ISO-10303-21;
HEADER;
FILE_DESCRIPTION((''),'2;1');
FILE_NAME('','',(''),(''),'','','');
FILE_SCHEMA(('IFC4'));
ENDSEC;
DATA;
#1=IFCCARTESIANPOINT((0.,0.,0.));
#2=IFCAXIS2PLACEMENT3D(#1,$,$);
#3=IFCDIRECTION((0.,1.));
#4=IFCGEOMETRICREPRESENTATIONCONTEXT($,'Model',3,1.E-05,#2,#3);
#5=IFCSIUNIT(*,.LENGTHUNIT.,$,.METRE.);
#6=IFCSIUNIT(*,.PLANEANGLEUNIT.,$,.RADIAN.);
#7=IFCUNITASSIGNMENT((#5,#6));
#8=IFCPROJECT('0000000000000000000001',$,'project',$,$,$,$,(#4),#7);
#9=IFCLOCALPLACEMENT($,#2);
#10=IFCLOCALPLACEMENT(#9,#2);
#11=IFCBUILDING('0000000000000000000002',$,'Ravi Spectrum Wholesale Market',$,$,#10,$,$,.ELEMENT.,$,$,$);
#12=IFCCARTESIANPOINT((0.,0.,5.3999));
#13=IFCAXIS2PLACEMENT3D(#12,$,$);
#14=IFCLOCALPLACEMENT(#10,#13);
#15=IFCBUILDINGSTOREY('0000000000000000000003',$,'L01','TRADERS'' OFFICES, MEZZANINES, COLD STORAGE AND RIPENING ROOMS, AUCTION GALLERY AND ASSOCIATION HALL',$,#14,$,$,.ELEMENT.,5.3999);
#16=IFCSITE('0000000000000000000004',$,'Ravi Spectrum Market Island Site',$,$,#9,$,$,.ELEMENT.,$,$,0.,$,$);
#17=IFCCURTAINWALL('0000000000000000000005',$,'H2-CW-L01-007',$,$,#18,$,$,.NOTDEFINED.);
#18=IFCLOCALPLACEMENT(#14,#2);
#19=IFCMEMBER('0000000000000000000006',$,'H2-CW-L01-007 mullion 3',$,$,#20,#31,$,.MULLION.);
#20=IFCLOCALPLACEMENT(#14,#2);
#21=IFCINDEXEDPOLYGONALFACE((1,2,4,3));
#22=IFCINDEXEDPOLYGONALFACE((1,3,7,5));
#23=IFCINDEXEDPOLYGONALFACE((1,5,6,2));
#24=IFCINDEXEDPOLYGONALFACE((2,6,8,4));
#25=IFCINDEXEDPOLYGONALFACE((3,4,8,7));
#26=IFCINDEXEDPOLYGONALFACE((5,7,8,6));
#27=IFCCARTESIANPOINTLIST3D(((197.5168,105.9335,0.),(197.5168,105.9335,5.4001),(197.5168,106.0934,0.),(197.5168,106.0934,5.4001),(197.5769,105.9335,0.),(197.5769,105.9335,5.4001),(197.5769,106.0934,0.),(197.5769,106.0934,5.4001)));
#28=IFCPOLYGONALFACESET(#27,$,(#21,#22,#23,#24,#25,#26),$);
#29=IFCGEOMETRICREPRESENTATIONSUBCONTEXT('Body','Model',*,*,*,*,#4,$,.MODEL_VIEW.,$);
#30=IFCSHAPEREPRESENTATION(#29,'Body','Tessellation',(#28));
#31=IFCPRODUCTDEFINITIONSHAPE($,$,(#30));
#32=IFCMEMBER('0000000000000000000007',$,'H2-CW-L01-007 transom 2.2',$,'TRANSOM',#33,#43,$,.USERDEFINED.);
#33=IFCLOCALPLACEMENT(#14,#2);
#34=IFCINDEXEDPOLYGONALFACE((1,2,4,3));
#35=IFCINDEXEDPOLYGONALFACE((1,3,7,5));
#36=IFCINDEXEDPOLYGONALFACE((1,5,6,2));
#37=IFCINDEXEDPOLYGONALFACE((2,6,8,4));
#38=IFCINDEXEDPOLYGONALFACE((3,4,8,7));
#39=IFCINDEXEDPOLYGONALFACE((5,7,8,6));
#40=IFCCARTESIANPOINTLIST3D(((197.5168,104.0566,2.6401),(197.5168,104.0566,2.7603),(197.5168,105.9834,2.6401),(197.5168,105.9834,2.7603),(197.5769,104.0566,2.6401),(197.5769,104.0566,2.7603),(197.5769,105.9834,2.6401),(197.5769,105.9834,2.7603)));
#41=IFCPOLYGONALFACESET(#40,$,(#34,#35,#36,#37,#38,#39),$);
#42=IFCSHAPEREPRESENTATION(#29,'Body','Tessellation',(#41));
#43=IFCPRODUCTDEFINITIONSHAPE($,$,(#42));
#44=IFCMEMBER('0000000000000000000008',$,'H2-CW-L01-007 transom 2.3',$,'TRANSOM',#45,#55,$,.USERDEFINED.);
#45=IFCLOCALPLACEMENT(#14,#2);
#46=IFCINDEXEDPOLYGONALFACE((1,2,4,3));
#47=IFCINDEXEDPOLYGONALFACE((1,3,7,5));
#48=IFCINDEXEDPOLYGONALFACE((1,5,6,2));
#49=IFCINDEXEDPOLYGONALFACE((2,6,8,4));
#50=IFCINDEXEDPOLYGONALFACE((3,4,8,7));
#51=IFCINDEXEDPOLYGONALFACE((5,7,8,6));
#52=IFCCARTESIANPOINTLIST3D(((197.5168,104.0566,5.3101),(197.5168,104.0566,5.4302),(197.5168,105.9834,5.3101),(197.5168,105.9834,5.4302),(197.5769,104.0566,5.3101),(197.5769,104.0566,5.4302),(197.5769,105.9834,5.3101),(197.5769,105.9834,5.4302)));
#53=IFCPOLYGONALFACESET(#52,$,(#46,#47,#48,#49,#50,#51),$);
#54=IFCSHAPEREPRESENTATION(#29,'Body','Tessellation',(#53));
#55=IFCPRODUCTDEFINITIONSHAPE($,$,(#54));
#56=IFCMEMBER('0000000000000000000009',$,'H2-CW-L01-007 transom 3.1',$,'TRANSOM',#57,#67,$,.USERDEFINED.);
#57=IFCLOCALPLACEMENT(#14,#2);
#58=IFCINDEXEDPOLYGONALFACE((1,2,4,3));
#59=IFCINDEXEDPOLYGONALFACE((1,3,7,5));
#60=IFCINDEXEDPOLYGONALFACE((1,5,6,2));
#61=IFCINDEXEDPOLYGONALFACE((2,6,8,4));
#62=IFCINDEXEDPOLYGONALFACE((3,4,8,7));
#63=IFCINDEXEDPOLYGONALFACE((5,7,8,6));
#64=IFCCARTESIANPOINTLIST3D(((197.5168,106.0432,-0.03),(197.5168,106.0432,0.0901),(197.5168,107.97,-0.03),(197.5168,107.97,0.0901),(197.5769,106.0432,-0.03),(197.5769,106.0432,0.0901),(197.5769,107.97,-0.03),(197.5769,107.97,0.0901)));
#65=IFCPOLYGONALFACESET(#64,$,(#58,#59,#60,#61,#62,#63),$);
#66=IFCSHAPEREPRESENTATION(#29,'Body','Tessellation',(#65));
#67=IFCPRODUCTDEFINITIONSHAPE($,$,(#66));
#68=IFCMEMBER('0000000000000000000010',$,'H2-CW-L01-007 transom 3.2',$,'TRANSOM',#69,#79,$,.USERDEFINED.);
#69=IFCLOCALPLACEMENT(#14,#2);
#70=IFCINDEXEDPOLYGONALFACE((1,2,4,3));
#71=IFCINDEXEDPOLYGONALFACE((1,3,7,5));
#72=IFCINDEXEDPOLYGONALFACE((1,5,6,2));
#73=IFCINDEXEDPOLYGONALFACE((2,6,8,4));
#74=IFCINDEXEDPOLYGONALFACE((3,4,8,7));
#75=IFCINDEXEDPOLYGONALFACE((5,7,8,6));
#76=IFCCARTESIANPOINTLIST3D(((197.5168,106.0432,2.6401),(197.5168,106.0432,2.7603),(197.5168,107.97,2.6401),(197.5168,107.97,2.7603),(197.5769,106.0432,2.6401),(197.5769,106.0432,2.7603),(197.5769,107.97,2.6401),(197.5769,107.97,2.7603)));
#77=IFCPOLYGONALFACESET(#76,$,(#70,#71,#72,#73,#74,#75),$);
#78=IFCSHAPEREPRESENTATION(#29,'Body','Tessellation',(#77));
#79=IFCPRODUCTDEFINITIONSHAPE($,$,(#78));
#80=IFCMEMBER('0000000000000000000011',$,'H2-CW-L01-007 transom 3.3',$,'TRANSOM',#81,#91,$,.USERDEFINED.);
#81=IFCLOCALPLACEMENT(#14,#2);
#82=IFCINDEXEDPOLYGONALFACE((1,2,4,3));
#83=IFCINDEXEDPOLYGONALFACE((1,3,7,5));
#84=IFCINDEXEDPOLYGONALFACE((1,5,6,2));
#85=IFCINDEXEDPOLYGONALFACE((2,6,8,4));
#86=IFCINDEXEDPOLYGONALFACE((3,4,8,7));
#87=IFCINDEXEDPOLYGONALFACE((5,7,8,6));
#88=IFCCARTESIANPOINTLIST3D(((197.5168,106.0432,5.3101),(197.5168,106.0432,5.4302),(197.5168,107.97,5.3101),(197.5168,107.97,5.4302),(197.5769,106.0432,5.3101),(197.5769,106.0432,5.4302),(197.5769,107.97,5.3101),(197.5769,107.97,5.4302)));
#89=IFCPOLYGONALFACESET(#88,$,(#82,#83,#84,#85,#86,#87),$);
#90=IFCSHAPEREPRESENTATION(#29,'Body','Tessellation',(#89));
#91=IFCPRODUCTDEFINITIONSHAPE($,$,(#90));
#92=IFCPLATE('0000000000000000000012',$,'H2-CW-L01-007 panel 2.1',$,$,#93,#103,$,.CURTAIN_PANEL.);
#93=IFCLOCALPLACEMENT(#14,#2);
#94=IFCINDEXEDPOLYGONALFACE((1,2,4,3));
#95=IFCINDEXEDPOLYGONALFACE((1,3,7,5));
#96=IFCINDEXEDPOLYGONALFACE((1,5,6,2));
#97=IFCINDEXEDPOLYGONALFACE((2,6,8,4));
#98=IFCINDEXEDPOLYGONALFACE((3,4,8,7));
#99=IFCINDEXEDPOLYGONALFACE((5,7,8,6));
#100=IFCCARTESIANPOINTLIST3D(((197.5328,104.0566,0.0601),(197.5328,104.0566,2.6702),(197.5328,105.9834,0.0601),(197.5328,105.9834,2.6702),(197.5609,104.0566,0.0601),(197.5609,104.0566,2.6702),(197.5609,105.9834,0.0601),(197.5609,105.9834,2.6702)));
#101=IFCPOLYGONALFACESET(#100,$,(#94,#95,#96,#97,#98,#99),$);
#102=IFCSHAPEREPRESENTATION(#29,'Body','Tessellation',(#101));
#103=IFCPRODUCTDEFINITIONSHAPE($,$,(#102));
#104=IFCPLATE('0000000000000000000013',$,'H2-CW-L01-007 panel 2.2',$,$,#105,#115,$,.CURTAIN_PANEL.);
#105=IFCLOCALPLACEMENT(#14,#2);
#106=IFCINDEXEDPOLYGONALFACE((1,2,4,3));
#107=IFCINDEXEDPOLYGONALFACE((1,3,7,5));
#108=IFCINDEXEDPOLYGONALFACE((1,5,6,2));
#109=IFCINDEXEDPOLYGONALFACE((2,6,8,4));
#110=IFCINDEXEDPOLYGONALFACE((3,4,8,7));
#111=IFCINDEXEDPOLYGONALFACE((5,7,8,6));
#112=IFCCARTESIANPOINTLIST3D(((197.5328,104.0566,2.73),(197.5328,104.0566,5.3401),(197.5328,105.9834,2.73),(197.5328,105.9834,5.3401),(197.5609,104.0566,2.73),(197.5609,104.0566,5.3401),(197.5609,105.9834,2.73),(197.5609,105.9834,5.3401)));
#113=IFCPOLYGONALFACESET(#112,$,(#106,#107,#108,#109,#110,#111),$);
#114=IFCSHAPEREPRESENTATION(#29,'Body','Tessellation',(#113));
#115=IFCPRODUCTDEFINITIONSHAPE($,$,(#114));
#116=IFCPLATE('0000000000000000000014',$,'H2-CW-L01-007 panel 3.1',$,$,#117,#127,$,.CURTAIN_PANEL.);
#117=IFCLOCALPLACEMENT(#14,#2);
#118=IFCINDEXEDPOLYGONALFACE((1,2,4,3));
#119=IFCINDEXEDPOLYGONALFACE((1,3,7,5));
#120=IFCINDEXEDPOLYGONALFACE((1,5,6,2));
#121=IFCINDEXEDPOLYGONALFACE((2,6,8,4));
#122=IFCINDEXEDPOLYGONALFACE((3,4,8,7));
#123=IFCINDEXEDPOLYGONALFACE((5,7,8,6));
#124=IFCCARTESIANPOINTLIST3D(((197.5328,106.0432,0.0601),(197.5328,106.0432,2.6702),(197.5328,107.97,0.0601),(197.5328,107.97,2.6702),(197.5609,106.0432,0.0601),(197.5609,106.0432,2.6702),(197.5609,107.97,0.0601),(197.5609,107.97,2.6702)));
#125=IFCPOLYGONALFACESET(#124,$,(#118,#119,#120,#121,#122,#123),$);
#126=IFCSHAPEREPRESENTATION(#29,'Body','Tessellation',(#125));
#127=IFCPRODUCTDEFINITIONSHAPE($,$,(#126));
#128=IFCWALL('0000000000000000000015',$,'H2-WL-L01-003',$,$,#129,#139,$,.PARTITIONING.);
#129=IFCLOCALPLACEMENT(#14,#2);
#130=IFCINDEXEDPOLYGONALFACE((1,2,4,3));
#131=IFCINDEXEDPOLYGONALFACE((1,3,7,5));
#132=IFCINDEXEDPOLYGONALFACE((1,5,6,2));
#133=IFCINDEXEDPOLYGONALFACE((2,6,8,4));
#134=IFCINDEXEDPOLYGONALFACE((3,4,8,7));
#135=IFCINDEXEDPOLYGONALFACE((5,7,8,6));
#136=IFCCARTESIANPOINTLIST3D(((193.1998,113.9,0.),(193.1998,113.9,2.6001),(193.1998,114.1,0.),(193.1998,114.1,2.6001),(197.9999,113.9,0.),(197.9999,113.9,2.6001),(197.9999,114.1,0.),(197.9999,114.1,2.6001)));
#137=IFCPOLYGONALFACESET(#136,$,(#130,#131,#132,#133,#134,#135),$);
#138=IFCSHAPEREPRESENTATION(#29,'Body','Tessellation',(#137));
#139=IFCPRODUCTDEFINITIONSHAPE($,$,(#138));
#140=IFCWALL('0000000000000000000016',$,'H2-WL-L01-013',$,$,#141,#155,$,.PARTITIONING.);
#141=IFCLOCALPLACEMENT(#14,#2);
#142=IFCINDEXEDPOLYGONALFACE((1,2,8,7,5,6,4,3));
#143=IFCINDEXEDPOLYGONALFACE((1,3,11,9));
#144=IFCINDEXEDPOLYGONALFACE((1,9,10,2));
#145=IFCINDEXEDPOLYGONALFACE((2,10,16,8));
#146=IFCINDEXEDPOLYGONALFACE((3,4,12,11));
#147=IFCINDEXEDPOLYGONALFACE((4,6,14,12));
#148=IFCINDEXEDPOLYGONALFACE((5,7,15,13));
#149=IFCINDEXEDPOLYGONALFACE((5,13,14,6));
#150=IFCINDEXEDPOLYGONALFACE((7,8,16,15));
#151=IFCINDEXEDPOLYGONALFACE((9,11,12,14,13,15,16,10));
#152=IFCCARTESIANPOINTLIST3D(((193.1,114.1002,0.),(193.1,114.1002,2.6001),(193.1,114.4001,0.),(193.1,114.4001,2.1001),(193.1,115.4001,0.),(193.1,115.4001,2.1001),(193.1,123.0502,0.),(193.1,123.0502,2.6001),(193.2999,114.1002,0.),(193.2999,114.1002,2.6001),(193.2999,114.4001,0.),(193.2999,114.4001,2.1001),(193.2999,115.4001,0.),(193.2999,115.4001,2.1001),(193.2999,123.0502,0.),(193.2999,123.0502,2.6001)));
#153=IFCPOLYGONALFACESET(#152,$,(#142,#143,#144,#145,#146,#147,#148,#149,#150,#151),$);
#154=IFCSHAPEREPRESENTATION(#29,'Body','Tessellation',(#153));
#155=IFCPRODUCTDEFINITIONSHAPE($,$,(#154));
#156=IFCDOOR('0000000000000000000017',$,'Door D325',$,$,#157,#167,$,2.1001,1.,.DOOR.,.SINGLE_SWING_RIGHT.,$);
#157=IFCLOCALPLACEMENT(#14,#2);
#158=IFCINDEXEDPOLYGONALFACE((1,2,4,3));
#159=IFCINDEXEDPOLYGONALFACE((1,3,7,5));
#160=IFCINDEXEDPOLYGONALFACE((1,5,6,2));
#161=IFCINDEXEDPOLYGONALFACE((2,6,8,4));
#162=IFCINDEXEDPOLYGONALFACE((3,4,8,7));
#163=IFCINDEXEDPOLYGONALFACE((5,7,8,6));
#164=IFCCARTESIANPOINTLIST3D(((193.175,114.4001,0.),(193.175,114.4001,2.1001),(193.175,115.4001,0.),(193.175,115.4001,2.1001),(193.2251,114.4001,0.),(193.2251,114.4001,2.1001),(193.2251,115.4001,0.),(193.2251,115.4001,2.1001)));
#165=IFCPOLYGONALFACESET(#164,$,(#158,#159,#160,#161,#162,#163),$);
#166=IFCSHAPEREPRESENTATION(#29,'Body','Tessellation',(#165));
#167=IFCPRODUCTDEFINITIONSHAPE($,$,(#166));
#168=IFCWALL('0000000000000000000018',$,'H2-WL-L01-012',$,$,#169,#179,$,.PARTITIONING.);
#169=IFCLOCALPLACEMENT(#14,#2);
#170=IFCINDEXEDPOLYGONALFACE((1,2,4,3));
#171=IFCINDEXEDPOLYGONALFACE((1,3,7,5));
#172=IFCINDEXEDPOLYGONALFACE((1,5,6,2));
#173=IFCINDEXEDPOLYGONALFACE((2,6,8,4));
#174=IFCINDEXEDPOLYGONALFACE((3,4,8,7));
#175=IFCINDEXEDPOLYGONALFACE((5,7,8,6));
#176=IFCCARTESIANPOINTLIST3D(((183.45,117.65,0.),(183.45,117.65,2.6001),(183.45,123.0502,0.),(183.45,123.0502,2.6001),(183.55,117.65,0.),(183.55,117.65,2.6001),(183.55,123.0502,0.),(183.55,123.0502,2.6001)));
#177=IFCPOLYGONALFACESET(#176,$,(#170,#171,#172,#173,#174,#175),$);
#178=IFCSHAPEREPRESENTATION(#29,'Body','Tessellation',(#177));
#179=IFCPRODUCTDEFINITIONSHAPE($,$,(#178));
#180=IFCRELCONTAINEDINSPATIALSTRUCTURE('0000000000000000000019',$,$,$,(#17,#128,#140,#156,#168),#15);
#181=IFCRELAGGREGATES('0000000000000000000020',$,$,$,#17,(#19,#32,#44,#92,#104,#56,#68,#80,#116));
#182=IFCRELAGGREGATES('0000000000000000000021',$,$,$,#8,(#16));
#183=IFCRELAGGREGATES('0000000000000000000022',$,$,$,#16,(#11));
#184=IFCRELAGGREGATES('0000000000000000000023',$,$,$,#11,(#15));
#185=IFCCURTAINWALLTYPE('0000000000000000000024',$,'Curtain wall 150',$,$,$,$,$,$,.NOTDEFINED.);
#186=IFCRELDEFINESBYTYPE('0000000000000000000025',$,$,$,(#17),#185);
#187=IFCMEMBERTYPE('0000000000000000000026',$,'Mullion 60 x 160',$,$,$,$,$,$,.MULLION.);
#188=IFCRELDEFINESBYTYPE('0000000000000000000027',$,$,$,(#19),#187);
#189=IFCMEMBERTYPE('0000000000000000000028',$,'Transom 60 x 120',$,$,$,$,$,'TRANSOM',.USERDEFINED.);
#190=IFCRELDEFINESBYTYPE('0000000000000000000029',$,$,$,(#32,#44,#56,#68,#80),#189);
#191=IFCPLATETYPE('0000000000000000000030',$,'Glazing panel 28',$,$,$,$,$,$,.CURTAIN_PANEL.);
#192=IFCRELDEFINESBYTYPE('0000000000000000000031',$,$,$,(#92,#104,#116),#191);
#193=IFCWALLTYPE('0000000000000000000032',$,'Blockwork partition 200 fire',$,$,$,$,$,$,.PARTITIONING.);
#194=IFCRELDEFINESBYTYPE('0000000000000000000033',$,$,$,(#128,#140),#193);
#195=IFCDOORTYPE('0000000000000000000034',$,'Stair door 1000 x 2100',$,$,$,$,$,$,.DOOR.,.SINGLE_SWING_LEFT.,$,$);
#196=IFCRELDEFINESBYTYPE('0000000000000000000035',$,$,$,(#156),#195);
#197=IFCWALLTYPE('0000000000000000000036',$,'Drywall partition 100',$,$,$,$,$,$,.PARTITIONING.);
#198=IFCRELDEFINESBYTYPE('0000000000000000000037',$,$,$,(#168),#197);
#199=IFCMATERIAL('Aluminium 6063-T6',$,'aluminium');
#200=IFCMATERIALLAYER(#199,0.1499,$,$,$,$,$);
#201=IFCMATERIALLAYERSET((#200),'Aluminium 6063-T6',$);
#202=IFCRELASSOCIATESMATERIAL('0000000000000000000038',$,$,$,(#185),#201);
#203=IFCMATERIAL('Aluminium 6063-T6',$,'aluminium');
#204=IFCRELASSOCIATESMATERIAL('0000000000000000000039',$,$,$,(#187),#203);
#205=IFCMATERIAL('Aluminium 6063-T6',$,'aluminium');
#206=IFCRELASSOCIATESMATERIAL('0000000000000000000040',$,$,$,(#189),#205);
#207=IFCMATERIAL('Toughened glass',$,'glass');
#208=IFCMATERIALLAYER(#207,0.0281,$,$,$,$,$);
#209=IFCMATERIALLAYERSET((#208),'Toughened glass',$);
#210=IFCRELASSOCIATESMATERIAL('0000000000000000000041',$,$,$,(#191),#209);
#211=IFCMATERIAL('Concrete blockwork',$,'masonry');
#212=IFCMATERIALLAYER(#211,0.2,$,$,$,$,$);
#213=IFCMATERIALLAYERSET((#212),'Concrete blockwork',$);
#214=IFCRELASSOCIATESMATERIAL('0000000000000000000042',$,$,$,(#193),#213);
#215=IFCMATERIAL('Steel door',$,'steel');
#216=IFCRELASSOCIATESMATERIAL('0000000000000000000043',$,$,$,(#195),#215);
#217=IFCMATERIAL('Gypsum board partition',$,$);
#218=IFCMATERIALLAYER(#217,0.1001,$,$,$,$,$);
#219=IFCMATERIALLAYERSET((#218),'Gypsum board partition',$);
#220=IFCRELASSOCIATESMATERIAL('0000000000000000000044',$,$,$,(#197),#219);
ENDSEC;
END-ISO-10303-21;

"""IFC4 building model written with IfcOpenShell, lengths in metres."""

from ifc_helpers import new_model, si_unit, direction, frame, frame_2d, origin, origin_2d, place, context, subcontext, project, spatial, rectangle, extrude, material, layer, layer_set, material_profile, profile_set, type_object, element, fill, aggregate, save


model = new_model("IFC4")

# Units and contexts
model_context = context("Model", 3, precision=1e-05, world=origin(), true_north=direction((0.0, 1.0)))
body_context = subcontext(model_context, "Body", "Model", "MODEL_VIEW")
ifc_project = project(units=[si_unit("LENGTHUNIT", "METRE"), si_unit("PLANEANGLEUNIT", "RADIAN")], contexts=[model_context])

# Site, building, storey
site_placement = place(None, origin())
site = spatial("IfcSite", under=ifc_project, at=site_placement, Name="Ravi Spectrum Market Island Site", CompositionType="ELEMENT", RefElevation=0.0)
building_placement = place(site_placement, origin())
building = spatial("IfcBuilding", under=site, at=building_placement, Name="Ravi Spectrum Wholesale Market", CompositionType="ELEMENT")
storey_placement = place(building_placement, frame((0.0, 0.0, 5.3999)))
storey = spatial("IfcBuildingStorey", under=building, at=storey_placement, Name="L01", Description="TRADERS' OFFICES, MEZZANINES, COLD STORAGE AND RIPENING ROOMS, AUCTION GALLERY AND ASSOCIATION HALL", CompositionType="ELEMENT", Elevation=5.3999)

# Curtain wall, members, plates
ifc_material_1 = material(Name="Aluminium 6063-T6", Category="aluminium")
ifc_layer_1 = layer(ifc_material_1, 0.1499)
ifc_layer_set_1 = layer_set([ifc_layer_1], Name="Aluminium 6063-T6")
curtain_wall_type = type_object("IfcCurtainWallType", Name="Curtain wall 150", PredefinedType="NOTDEFINED", material=ifc_layer_set_1)
curtain_wall_placement = place(storey_placement, origin())
curtain_wall = element("IfcCurtainWall", 1, at=curtain_wall_placement, inside=storey, type_object=curtain_wall_type, Name="H2-CW-L01-007", PredefinedType="NOTDEFINED")
ifc_material_2 = material(Name="Aluminium 6063-T6", Category="aluminium")
ifc_material_profile_1 = material_profile(ifc_material_2, rectangle(XDim=0.0601, YDim=0.1599, at=origin_2d()))
ifc_profile_set_1 = profile_set([ifc_material_profile_1], Name="Aluminium 6063-T6")
member_type_1 = type_object("IfcMemberType", Name="Mullion 60 x 160", PredefinedType="MULLION", material=ifc_profile_set_1)
member_1_placement = place(storey_placement, frame((197.5469, 106.0134, 0.0), z_axis=(0.0, 0.0, 1.0), x_axis=(-1.0, 0.0, 0.0)))
member_1 = element("IfcMember", 2, at=member_1_placement, type_object=member_type_1, Name="H2-CW-L01-007 mullion 3", PredefinedType="MULLION", context=body_context, shape_type="SweptSolid", body=[
    extrude(rectangle(XDim=0.0601, YDim=0.1599, at=origin_2d()), origin(), (0.0, 0.0, 1.0), 5.4001),
])
ifc_material_3 = material(Name="Aluminium 6063-T6", Category="aluminium")
ifc_material_profile_2 = material_profile(ifc_material_3, rectangle(XDim=0.0601, YDim=0.1201, at=origin_2d()))
ifc_profile_set_2 = profile_set([ifc_material_profile_2], Name="Aluminium 6063-T6")
member_type_2 = type_object("IfcMemberType", Name="Transom 60 x 120", ElementType="TRANSOM", PredefinedType="USERDEFINED", material=ifc_profile_set_2)
member_2_placement = place(storey_placement, frame((197.5469, 104.0566, 2.7002), z_axis=(0.0, 1.0, 0.0), x_axis=(-1.0, 0.0, 0.0)))
member_2 = element("IfcMember", 3, at=member_2_placement, type_object=member_type_2, Name="H2-CW-L01-007 transom 2.2", ObjectType="TRANSOM", PredefinedType="USERDEFINED", context=body_context, shape_type="SweptSolid", body=[
    extrude(rectangle(XDim=0.0601, YDim=0.1201, at=origin_2d()), origin(), (0.0, 0.0, 1.0), 1.9268),
])
member_3_placement = place(storey_placement, frame((197.5469, 104.0566, 5.3701), z_axis=(0.0, 1.0, 0.0), x_axis=(-1.0, 0.0, 0.0)))
member_3 = element("IfcMember", 4, at=member_3_placement, type_object=member_type_2, Name="H2-CW-L01-007 transom 2.3", ObjectType="TRANSOM", PredefinedType="USERDEFINED", context=body_context, shape_type="SweptSolid", body=[
    extrude(rectangle(XDim=0.0601, YDim=0.1201, at=origin_2d()), origin(), (0.0, 0.0, 1.0), 1.9268),
])
member_4_placement = place(storey_placement, frame((197.5469, 106.0432, 0.03), z_axis=(0.0, 1.0, 0.0), x_axis=(-1.0, 0.0, 0.0)))
member_4 = element("IfcMember", 5, at=member_4_placement, type_object=member_type_2, Name="H2-CW-L01-007 transom 3.1", ObjectType="TRANSOM", PredefinedType="USERDEFINED", context=body_context, shape_type="SweptSolid", body=[
    extrude(rectangle(XDim=0.0601, YDim=0.1201, at=origin_2d()), origin(), (0.0, 0.0, 1.0), 1.9268),
])
member_5_placement = place(storey_placement, frame((197.5469, 106.0432, 2.7002), z_axis=(0.0, 1.0, 0.0), x_axis=(-1.0, 0.0, 0.0)))
member_5 = element("IfcMember", 6, at=member_5_placement, type_object=member_type_2, Name="H2-CW-L01-007 transom 3.2", ObjectType="TRANSOM", PredefinedType="USERDEFINED", context=body_context, shape_type="SweptSolid", body=[
    extrude(rectangle(XDim=0.0601, YDim=0.1201, at=origin_2d()), origin(), (0.0, 0.0, 1.0), 1.9268),
])
member_6_placement = place(storey_placement, frame((197.5469, 106.0432, 5.3701), z_axis=(0.0, 1.0, 0.0), x_axis=(-1.0, 0.0, 0.0)))
member_6 = element("IfcMember", 7, at=member_6_placement, type_object=member_type_2, Name="H2-CW-L01-007 transom 3.3", ObjectType="TRANSOM", PredefinedType="USERDEFINED", context=body_context, shape_type="SweptSolid", body=[
    extrude(rectangle(XDim=0.0601, YDim=0.1201, at=origin_2d()), origin(), (0.0, 0.0, 1.0), 1.9268),
])
ifc_material_4 = material(Name="Toughened glass", Category="glass")
ifc_layer_2 = layer(ifc_material_4, 0.0281)
ifc_layer_set_2 = layer_set([ifc_layer_2], Name="Toughened glass")
plate_type = type_object("IfcPlateType", Name="Glazing panel 28", PredefinedType="CURTAIN_PANEL", material=ifc_layer_set_2)
plate_1_placement = place(storey_placement, frame((197.5469, 105.02, 0.0601), z_axis=(0.0, 0.0, 1.0), x_axis=(0.0, 1.0, 0.0)))
plate_1 = element("IfcPlate", 8, at=plate_1_placement, type_object=plate_type, Name="H2-CW-L01-007 panel 2.1", PredefinedType="CURTAIN_PANEL", context=body_context, shape_type="SweptSolid", body=[
    extrude(rectangle(XDim=1.9268, YDim=0.0281, at=origin_2d()), origin(), (0.0, 0.0, 1.0), 2.6101),
])
plate_2_placement = place(storey_placement, frame((197.5469, 105.02, 2.73), z_axis=(0.0, 0.0, 1.0), x_axis=(0.0, 1.0, 0.0)))
plate_2 = element("IfcPlate", 9, at=plate_2_placement, type_object=plate_type, Name="H2-CW-L01-007 panel 2.2", PredefinedType="CURTAIN_PANEL", context=body_context, shape_type="SweptSolid", body=[
    extrude(rectangle(XDim=1.9268, YDim=0.0281, at=origin_2d()), origin(), (0.0, 0.0, 1.0), 2.6101),
])
plate_3_placement = place(storey_placement, frame((197.5469, 107.0066, 0.0601), z_axis=(0.0, 0.0, 1.0), x_axis=(0.0, 1.0, 0.0)))
plate_3 = element("IfcPlate", 10, at=plate_3_placement, type_object=plate_type, Name="H2-CW-L01-007 panel 3.1", PredefinedType="CURTAIN_PANEL", context=body_context, shape_type="SweptSolid", body=[
    extrude(rectangle(XDim=1.9268, YDim=0.0281, at=origin_2d()), origin(), (0.0, 0.0, 1.0), 2.6101),
])
aggregate(curtain_wall, [member_1, member_2, member_3, plate_1, plate_2, member_4, member_5, member_6, plate_3])

# Wall
ifc_material_5 = material(Name="Concrete blockwork", Category="masonry")
ifc_layer_3 = layer(ifc_material_5, 0.2)
ifc_layer_set_3 = layer_set([ifc_layer_3], Name="Concrete blockwork")
wall_type_1 = type_object("IfcWallType", Name="Blockwork partition 200 fire", PredefinedType="PARTITIONING", material=ifc_layer_set_3)
wall_1_placement = place(storey_placement, frame((193.2, 114.0, 0.0), z_axis=(0.0, 0.0, 1.0), x_axis=(1.0, 0.0, 0.0)))
element("IfcWall", 11, at=wall_1_placement, inside=storey, type_object=wall_type_1, Name="H2-WL-L01-003", PredefinedType="PARTITIONING", context=body_context, shape_type="SweptSolid", body=[
    extrude(rectangle(XDim=4.8, YDim=0.2, at=frame_2d((2.3999, 0.0))), origin(), (0.0, 0.0, 1.0), 2.6001),
])

# Wall, opening, door
wall_2_placement = place(storey_placement, frame((193.2, 114.1001, 0.0), z_axis=(0.0, 0.0, 1.0), x_axis=(0.0, 1.0, 0.0)))
wall_2 = element("IfcWall", 12, at=wall_2_placement, inside=storey, type_object=wall_type_1, Name="H2-WL-L01-013", PredefinedType="PARTITIONING", context=body_context, shape_type="SweptSolid", body=[
    extrude(rectangle(XDim=8.95, YDim=0.2, at=frame_2d((4.4751, 0.0))), origin(), (0.0, 0.0, 1.0), 2.6001),
])
opening_1_placement = place(wall_2_placement, frame((0.3, 0.0, 0.0)))
opening_1 = element("IfcOpeningElement", 13, at=opening_1_placement, cuts=wall_2, PredefinedType="OPENING", context=body_context, shape_type="SweptSolid", body=[
    extrude(rectangle(XDim=1.0, YDim=2.1001, at=frame_2d((0.5, 1.05))), frame((0.0, 0.1099, 0.0), z_axis=(0.0, -1.0, 0.0), x_axis=(1.0, 0.0, 0.0)), (0.0, 0.0, 1.0), 0.22),
])
ifc_material_6 = material(Name="Steel door", Category="steel")
door_type_1 = type_object("IfcDoorType", Name="Stair door 1000 x 2100", OperationType="SINGLE_SWING_LEFT", PredefinedType="DOOR", material=ifc_material_6)
door_1_placement = place(opening_1_placement, origin())
door_1 = element("IfcDoor", 14, at=door_1_placement, inside=storey, type_object=door_type_1, Name="Door D325", OperationType="SINGLE_SWING_RIGHT", OverallHeight=2.1001, OverallWidth=1.0, PredefinedType="DOOR", context=body_context, shape_type="SweptSolid", body=[
    extrude(rectangle(XDim=1.0, YDim=2.1001, at=frame_2d((0.5, 1.05))), frame((0.0, 0.0249, 0.0), z_axis=(0.0, -1.0, 0.0), x_axis=(1.0, 0.0, 0.0)), (0.0, 0.0, 1.0), 0.05),
])
fill(opening_1, door_1)

# Wall
ifc_material_7 = material(Name="Gypsum board partition")
ifc_layer_4 = layer(ifc_material_7, 0.1001)
ifc_layer_set_4 = layer_set([ifc_layer_4], Name="Gypsum board partition")
wall_type_2 = type_object("IfcWallType", Name="Drywall partition 100", PredefinedType="PARTITIONING", material=ifc_layer_set_4)
wall_3_placement = place(storey_placement, frame((183.5, 117.6499, 0.0), z_axis=(0.0, 0.0, 1.0), x_axis=(0.0, 1.0, 0.0)))
element("IfcWall", 15, at=wall_3_placement, inside=storey, type_object=wall_type_2, Name="H2-WL-L01-012", PredefinedType="PARTITIONING", context=body_context, shape_type="SweptSolid", body=[
    extrude(rectangle(XDim=5.4001, YDim=0.1001, at=frame_2d((2.7002, 0.0))), origin(), (0.0, 0.0, 1.0), 2.6001),
])

save(model, "model.ifc")
